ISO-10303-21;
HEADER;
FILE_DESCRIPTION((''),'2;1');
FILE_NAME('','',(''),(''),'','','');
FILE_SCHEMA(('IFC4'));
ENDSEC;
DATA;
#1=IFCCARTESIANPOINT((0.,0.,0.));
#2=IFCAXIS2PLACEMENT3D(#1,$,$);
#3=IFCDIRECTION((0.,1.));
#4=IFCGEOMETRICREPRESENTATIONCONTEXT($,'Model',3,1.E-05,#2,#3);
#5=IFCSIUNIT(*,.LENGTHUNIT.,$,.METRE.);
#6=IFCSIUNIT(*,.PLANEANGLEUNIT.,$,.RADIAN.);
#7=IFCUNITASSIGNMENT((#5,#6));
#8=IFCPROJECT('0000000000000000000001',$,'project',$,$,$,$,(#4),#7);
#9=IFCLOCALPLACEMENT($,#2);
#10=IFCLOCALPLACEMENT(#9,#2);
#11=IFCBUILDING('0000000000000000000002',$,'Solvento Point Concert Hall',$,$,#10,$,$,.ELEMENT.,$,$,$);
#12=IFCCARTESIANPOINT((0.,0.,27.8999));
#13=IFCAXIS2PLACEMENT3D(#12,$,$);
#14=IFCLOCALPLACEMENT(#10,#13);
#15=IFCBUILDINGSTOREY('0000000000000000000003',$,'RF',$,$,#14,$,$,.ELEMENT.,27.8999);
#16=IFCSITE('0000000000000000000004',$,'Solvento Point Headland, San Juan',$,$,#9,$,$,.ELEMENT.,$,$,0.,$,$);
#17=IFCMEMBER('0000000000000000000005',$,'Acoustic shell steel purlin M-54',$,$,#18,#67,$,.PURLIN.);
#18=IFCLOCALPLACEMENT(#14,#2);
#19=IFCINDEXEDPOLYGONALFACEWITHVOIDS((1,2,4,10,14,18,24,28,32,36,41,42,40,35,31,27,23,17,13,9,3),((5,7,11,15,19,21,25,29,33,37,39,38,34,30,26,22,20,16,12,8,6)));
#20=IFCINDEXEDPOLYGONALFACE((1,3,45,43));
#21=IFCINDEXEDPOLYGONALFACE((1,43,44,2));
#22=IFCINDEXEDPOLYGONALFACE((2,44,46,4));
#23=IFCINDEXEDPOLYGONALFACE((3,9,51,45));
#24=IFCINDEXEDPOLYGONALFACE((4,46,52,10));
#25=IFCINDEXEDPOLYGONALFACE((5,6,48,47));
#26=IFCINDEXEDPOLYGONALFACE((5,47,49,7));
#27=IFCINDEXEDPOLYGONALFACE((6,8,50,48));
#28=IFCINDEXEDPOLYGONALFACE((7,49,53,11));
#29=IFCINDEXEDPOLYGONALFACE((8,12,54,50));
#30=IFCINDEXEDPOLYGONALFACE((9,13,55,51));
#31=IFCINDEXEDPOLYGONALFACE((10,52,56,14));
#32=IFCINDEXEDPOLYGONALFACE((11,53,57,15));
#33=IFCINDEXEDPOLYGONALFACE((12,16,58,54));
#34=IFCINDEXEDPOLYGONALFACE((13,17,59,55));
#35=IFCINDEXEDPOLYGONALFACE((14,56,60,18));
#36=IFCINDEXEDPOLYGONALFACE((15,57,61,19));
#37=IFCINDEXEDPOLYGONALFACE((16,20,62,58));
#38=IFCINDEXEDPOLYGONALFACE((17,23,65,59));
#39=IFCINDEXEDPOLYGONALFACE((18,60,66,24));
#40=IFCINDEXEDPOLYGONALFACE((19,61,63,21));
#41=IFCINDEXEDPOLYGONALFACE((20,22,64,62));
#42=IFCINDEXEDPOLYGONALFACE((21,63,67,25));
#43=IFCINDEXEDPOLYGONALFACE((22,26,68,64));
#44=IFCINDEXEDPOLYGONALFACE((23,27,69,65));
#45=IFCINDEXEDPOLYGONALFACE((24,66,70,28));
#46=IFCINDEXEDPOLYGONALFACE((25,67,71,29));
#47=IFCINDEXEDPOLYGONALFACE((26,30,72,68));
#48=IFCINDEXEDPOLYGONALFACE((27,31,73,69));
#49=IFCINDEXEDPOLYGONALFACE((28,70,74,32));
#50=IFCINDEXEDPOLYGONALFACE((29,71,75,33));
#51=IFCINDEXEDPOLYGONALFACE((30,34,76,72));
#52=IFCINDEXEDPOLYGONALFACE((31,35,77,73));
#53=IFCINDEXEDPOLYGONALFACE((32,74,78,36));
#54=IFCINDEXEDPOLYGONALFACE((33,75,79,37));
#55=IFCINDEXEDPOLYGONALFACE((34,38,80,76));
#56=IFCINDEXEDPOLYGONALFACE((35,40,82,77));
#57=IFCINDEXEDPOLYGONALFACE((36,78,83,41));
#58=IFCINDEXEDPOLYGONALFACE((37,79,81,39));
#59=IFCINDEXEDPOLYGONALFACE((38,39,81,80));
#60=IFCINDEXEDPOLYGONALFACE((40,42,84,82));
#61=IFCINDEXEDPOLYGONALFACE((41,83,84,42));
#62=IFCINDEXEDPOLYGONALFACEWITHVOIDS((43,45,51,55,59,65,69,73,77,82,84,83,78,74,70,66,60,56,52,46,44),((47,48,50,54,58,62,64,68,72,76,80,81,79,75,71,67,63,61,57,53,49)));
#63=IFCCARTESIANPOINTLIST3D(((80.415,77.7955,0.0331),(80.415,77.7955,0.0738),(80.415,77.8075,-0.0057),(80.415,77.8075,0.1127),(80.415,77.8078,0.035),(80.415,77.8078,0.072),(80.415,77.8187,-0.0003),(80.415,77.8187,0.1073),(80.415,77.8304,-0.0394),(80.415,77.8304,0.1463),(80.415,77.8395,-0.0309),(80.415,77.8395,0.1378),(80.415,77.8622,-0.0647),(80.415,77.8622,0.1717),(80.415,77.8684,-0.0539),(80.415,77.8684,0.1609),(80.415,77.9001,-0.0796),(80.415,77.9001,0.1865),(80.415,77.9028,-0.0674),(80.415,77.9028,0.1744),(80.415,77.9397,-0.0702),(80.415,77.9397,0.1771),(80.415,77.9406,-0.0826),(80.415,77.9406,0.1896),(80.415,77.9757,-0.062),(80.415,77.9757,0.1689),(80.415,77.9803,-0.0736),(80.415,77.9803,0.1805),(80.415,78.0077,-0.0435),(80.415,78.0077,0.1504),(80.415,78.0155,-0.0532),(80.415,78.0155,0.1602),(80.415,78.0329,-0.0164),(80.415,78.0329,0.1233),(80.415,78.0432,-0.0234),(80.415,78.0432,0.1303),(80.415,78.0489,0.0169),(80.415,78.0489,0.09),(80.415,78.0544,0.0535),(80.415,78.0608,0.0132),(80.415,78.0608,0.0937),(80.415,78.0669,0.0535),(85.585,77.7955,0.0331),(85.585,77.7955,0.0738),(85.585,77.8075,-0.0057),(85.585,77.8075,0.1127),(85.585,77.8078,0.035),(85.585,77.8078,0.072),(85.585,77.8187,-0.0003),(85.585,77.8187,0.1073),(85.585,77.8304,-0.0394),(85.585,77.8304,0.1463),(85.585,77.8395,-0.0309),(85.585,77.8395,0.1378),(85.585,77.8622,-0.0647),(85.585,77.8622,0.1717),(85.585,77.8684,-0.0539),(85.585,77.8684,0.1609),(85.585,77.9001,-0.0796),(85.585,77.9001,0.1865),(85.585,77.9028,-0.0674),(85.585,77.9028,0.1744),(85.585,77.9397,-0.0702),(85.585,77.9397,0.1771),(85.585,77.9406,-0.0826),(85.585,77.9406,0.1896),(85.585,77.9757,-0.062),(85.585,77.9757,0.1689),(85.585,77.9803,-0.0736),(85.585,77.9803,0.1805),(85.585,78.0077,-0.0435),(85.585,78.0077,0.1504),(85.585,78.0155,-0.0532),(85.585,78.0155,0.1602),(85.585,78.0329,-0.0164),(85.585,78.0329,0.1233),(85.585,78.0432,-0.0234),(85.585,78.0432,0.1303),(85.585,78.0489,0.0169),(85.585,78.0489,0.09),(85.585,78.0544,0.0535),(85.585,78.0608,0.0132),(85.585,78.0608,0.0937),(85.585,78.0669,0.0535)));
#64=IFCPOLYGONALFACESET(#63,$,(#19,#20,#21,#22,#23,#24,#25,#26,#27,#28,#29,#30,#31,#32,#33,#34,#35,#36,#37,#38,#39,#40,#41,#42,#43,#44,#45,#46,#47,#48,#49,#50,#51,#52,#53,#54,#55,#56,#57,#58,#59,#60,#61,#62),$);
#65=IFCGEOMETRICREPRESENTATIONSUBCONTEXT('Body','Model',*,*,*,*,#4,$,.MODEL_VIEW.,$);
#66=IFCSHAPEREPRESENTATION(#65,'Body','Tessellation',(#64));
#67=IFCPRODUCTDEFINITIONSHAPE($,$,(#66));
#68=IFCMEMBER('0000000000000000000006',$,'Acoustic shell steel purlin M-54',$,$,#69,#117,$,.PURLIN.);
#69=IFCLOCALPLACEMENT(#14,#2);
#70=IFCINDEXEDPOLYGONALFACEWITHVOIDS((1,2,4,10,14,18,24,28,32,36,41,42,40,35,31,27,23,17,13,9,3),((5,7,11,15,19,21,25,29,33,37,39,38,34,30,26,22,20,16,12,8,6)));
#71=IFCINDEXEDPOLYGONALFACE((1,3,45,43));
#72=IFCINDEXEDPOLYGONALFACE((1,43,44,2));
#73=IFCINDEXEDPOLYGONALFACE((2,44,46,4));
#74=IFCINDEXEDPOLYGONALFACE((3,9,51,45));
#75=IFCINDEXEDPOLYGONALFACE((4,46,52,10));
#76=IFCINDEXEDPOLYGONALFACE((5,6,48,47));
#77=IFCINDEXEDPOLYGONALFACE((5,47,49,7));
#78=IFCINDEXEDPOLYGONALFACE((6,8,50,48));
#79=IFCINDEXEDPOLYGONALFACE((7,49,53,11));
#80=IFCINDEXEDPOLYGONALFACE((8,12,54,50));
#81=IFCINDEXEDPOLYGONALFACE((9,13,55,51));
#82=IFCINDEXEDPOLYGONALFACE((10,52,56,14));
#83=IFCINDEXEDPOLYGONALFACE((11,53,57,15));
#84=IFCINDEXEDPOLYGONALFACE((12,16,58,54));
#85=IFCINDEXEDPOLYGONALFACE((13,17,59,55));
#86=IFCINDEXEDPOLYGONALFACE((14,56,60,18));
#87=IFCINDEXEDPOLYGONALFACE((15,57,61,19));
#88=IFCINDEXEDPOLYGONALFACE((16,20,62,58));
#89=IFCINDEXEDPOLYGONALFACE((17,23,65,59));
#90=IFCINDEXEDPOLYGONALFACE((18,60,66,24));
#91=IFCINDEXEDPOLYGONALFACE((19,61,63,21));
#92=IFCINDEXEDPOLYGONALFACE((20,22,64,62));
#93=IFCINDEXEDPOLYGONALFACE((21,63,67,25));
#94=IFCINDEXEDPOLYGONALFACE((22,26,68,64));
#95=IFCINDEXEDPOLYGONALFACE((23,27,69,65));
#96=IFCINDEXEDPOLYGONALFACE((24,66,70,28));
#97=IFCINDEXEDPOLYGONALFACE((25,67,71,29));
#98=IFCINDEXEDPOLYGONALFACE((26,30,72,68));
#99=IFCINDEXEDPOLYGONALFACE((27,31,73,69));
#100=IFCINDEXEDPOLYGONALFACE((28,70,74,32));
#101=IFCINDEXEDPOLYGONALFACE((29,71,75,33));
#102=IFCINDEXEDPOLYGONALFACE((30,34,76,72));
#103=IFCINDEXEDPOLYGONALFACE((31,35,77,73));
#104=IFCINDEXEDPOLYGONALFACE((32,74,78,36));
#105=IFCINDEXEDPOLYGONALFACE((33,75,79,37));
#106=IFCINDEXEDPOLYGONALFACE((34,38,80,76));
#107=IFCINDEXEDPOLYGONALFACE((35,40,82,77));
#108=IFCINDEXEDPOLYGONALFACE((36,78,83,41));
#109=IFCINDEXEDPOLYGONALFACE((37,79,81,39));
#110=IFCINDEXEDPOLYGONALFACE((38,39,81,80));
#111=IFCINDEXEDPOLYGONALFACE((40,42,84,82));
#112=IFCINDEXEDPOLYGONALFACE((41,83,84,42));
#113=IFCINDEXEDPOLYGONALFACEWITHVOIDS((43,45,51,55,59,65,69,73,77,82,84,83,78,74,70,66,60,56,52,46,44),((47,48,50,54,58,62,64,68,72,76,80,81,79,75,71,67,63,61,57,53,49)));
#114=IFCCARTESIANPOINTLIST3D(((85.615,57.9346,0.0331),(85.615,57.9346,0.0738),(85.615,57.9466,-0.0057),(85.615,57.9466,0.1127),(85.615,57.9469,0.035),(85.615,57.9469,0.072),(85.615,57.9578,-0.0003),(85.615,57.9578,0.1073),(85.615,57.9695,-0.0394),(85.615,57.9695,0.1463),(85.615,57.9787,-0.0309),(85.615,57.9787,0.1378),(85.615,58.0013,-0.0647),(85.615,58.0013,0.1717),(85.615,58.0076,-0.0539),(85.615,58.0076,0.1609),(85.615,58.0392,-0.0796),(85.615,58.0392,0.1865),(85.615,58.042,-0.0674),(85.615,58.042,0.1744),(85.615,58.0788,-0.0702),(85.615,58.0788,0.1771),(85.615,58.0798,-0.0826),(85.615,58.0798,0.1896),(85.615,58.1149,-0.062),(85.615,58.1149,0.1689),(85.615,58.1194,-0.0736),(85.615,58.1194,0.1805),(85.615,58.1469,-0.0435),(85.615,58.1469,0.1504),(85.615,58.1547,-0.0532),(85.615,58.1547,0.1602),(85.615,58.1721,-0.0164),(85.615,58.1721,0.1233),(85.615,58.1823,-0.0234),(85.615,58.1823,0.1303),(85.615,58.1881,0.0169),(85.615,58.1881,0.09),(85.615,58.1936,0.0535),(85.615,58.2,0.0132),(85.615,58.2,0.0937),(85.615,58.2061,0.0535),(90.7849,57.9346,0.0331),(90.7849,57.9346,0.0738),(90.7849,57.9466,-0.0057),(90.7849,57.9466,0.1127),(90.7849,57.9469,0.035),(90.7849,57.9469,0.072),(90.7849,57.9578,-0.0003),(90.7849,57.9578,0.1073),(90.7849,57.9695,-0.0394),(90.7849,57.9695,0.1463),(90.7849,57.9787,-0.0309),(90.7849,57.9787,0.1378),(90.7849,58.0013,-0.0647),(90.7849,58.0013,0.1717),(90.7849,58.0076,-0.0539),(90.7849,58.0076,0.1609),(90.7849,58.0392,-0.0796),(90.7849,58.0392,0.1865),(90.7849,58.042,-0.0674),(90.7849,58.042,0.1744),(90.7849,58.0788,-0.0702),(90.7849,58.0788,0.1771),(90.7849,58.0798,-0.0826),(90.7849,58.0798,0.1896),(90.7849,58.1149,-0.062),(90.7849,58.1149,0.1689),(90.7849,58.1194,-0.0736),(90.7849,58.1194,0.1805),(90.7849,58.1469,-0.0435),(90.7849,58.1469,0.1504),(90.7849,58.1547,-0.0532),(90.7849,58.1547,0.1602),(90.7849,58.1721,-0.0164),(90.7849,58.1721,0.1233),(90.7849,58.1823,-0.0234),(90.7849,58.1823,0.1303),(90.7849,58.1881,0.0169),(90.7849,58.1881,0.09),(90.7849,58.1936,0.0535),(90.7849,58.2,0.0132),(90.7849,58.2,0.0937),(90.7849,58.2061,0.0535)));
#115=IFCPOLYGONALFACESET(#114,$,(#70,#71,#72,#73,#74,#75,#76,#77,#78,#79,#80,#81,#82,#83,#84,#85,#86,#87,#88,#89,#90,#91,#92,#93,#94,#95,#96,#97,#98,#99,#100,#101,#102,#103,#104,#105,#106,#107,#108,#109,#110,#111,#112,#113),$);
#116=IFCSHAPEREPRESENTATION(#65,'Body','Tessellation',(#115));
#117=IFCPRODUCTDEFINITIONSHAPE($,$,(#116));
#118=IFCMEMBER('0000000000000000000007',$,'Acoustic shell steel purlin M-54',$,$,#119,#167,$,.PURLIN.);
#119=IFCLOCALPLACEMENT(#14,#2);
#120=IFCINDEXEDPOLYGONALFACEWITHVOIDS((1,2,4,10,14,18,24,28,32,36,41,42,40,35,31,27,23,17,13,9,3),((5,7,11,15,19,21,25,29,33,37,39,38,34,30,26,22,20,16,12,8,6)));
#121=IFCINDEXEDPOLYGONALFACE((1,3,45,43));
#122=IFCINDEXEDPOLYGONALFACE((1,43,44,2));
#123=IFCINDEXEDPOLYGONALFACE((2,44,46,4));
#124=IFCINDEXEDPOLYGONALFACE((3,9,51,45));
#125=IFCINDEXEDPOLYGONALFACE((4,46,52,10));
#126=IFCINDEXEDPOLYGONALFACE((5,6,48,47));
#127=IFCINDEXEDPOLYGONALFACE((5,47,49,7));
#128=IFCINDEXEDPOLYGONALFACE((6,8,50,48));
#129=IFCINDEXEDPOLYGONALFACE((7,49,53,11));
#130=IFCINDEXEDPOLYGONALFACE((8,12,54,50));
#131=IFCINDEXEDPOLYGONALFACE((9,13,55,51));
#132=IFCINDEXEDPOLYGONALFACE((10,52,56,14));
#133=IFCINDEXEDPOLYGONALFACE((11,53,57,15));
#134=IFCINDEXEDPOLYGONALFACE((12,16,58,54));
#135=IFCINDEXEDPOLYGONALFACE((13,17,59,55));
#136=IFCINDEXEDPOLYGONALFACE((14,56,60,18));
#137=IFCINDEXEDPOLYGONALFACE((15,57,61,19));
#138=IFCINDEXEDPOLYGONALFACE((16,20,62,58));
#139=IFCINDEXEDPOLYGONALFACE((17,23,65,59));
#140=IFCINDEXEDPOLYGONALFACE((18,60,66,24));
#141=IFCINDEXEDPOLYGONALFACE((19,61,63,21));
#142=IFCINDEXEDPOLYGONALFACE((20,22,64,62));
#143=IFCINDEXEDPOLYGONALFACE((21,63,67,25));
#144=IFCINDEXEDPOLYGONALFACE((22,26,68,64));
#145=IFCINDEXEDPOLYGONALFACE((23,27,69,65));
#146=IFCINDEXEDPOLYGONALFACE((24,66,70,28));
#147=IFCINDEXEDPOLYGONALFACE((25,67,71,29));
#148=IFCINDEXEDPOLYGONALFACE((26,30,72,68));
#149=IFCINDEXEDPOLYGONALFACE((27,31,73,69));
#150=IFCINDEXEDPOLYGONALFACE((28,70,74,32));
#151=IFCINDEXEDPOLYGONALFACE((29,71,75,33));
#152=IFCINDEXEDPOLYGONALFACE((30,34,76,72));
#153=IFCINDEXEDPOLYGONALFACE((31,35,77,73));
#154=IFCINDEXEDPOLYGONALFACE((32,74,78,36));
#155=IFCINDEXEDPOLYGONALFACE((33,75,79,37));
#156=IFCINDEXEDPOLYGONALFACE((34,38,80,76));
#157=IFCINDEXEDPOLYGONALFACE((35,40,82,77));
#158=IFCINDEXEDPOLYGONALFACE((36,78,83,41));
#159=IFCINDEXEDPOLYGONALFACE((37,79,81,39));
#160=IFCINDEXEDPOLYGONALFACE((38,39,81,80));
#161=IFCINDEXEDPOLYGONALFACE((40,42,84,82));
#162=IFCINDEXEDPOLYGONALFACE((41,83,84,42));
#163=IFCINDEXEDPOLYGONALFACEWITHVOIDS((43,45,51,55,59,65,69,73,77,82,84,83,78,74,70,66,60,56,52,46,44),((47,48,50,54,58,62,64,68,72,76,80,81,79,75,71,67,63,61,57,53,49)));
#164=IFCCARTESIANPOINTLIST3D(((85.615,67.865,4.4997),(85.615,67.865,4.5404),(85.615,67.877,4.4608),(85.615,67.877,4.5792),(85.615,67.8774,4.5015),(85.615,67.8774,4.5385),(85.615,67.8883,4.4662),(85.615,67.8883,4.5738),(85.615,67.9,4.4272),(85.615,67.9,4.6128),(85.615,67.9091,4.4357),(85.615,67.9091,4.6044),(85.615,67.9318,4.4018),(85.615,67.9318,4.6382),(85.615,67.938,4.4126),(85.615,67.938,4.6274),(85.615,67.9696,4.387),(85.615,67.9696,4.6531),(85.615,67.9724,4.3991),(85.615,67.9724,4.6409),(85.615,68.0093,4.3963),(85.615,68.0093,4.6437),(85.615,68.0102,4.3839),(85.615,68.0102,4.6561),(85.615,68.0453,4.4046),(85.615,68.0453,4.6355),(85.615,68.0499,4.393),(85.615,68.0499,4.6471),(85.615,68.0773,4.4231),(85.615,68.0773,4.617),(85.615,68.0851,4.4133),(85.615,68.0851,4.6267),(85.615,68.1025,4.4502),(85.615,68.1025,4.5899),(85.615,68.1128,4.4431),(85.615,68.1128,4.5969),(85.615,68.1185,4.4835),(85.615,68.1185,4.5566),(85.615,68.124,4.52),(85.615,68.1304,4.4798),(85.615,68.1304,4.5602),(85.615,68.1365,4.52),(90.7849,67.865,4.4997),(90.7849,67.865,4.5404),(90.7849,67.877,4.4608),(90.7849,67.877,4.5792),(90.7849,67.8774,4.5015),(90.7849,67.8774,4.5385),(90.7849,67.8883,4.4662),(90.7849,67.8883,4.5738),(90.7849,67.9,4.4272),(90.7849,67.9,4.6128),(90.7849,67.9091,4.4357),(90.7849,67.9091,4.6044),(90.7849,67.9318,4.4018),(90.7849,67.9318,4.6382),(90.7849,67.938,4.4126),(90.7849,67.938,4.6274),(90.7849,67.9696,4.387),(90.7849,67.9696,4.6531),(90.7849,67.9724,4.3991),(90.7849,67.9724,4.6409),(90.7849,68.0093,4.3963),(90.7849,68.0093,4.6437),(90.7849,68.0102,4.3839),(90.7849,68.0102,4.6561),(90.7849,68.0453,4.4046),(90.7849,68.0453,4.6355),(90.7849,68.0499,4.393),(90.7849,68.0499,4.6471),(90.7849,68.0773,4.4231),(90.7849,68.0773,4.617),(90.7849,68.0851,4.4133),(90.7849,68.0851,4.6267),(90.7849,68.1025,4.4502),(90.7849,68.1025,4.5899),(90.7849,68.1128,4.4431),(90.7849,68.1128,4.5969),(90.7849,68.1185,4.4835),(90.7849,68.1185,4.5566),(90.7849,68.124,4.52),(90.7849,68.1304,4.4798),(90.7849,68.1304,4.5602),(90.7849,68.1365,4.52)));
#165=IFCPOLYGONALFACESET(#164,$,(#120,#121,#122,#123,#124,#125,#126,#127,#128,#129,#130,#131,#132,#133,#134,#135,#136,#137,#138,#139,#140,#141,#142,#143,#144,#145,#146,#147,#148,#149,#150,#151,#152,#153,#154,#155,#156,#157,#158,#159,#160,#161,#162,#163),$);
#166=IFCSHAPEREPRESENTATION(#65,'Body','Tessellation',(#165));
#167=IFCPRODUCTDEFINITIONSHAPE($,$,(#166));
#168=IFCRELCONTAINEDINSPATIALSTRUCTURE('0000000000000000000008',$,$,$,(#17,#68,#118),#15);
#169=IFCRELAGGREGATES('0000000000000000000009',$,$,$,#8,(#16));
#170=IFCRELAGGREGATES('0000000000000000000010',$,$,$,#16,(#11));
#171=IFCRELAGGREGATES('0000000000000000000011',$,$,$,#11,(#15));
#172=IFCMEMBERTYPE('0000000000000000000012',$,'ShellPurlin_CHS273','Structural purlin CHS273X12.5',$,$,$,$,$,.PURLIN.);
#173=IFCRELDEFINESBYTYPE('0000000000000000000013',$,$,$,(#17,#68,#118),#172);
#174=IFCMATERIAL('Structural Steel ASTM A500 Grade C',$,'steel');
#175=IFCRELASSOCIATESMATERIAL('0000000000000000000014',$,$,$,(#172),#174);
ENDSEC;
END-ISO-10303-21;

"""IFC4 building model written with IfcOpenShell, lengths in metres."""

from ifc_helpers import new_model, si_unit, direction, frame, origin, origin_2d, place, context, subcontext, project, spatial, hollow_circle, extrude, material, material_profile, profile_set, type_object, element, save


model = new_model("IFC4")

# Units and contexts
model_context = context("Model", 3, precision=1e-05, world=origin(), true_north=direction((0.0, 1.0)))
body_context = subcontext(model_context, "Body", "Model", "MODEL_VIEW")
ifc_project = project(units=[si_unit("LENGTHUNIT", "METRE"), si_unit("PLANEANGLEUNIT", "RADIAN")], contexts=[model_context])

# Site, building, storey
site_placement = place(None, origin())
site = spatial("IfcSite", under=ifc_project, at=site_placement, Name="Solvento Point Headland, San Juan", CompositionType="ELEMENT", RefElevation=0.0)
building_placement = place(site_placement, origin())
building = spatial("IfcBuilding", under=site, at=building_placement, Name="Solvento Point Concert Hall", CompositionType="ELEMENT")
storey_placement = place(building_placement, frame((0.0, 0.0, 27.8999)))
storey = spatial("IfcBuildingStorey", under=building, at=storey_placement, Name="RF", CompositionType="ELEMENT", Elevation=27.8999)

# Members
ifc_material_1 = material(Name="Structural Steel ASTM A500 Grade C", Category="steel")
ifc_material_profile_1 = material_profile(ifc_material_1, hollow_circle(Radius=0.1365, WallThickness=0.0125, at=origin_2d()), Name="CHS273X12.5")
ifc_profile_set_1 = profile_set([ifc_material_profile_1], Name="Structural Steel ASTM A500 Grade C")
member_type_1 = type_object("IfcMemberType", Name="ShellPurlin_CHS273", Description="Structural purlin CHS273X12.5", PredefinedType="PURLIN", material=ifc_profile_set_1)
for number, where, z_axis, x_axis, name in (
    (1, (80.415, 77.9304, 0.0535), (1.0, 0.0, 0.0), (0.0, 1.0, 0.0), "Acoustic shell steel purlin M-54"),
    (2, (85.615, 58.0696, 0.0535), (1.0, 0.0, 0.0), (0.0, 1.0, 0.0), "Acoustic shell steel purlin M-54"),
    (3, (85.615, 68.0, 4.52), (1.0, 0.0, 0.0), (0.0, 1.0, 0.0), "Acoustic shell steel purlin M-54"),
):
    element("IfcMember", number, at=place(storey_placement, frame(where, z_axis=z_axis, x_axis=x_axis)), inside=storey, type_object=member_type_1, Name=name, PredefinedType="PURLIN", context=body_context, shape_type="SweptSolid", body=[
        extrude(hollow_circle(Radius=0.1365, WallThickness=0.0125, at=origin_2d()), origin(), (0.0, 0.0, 1.0), 5.1699),
    ])

save(model, "model.ifc")
